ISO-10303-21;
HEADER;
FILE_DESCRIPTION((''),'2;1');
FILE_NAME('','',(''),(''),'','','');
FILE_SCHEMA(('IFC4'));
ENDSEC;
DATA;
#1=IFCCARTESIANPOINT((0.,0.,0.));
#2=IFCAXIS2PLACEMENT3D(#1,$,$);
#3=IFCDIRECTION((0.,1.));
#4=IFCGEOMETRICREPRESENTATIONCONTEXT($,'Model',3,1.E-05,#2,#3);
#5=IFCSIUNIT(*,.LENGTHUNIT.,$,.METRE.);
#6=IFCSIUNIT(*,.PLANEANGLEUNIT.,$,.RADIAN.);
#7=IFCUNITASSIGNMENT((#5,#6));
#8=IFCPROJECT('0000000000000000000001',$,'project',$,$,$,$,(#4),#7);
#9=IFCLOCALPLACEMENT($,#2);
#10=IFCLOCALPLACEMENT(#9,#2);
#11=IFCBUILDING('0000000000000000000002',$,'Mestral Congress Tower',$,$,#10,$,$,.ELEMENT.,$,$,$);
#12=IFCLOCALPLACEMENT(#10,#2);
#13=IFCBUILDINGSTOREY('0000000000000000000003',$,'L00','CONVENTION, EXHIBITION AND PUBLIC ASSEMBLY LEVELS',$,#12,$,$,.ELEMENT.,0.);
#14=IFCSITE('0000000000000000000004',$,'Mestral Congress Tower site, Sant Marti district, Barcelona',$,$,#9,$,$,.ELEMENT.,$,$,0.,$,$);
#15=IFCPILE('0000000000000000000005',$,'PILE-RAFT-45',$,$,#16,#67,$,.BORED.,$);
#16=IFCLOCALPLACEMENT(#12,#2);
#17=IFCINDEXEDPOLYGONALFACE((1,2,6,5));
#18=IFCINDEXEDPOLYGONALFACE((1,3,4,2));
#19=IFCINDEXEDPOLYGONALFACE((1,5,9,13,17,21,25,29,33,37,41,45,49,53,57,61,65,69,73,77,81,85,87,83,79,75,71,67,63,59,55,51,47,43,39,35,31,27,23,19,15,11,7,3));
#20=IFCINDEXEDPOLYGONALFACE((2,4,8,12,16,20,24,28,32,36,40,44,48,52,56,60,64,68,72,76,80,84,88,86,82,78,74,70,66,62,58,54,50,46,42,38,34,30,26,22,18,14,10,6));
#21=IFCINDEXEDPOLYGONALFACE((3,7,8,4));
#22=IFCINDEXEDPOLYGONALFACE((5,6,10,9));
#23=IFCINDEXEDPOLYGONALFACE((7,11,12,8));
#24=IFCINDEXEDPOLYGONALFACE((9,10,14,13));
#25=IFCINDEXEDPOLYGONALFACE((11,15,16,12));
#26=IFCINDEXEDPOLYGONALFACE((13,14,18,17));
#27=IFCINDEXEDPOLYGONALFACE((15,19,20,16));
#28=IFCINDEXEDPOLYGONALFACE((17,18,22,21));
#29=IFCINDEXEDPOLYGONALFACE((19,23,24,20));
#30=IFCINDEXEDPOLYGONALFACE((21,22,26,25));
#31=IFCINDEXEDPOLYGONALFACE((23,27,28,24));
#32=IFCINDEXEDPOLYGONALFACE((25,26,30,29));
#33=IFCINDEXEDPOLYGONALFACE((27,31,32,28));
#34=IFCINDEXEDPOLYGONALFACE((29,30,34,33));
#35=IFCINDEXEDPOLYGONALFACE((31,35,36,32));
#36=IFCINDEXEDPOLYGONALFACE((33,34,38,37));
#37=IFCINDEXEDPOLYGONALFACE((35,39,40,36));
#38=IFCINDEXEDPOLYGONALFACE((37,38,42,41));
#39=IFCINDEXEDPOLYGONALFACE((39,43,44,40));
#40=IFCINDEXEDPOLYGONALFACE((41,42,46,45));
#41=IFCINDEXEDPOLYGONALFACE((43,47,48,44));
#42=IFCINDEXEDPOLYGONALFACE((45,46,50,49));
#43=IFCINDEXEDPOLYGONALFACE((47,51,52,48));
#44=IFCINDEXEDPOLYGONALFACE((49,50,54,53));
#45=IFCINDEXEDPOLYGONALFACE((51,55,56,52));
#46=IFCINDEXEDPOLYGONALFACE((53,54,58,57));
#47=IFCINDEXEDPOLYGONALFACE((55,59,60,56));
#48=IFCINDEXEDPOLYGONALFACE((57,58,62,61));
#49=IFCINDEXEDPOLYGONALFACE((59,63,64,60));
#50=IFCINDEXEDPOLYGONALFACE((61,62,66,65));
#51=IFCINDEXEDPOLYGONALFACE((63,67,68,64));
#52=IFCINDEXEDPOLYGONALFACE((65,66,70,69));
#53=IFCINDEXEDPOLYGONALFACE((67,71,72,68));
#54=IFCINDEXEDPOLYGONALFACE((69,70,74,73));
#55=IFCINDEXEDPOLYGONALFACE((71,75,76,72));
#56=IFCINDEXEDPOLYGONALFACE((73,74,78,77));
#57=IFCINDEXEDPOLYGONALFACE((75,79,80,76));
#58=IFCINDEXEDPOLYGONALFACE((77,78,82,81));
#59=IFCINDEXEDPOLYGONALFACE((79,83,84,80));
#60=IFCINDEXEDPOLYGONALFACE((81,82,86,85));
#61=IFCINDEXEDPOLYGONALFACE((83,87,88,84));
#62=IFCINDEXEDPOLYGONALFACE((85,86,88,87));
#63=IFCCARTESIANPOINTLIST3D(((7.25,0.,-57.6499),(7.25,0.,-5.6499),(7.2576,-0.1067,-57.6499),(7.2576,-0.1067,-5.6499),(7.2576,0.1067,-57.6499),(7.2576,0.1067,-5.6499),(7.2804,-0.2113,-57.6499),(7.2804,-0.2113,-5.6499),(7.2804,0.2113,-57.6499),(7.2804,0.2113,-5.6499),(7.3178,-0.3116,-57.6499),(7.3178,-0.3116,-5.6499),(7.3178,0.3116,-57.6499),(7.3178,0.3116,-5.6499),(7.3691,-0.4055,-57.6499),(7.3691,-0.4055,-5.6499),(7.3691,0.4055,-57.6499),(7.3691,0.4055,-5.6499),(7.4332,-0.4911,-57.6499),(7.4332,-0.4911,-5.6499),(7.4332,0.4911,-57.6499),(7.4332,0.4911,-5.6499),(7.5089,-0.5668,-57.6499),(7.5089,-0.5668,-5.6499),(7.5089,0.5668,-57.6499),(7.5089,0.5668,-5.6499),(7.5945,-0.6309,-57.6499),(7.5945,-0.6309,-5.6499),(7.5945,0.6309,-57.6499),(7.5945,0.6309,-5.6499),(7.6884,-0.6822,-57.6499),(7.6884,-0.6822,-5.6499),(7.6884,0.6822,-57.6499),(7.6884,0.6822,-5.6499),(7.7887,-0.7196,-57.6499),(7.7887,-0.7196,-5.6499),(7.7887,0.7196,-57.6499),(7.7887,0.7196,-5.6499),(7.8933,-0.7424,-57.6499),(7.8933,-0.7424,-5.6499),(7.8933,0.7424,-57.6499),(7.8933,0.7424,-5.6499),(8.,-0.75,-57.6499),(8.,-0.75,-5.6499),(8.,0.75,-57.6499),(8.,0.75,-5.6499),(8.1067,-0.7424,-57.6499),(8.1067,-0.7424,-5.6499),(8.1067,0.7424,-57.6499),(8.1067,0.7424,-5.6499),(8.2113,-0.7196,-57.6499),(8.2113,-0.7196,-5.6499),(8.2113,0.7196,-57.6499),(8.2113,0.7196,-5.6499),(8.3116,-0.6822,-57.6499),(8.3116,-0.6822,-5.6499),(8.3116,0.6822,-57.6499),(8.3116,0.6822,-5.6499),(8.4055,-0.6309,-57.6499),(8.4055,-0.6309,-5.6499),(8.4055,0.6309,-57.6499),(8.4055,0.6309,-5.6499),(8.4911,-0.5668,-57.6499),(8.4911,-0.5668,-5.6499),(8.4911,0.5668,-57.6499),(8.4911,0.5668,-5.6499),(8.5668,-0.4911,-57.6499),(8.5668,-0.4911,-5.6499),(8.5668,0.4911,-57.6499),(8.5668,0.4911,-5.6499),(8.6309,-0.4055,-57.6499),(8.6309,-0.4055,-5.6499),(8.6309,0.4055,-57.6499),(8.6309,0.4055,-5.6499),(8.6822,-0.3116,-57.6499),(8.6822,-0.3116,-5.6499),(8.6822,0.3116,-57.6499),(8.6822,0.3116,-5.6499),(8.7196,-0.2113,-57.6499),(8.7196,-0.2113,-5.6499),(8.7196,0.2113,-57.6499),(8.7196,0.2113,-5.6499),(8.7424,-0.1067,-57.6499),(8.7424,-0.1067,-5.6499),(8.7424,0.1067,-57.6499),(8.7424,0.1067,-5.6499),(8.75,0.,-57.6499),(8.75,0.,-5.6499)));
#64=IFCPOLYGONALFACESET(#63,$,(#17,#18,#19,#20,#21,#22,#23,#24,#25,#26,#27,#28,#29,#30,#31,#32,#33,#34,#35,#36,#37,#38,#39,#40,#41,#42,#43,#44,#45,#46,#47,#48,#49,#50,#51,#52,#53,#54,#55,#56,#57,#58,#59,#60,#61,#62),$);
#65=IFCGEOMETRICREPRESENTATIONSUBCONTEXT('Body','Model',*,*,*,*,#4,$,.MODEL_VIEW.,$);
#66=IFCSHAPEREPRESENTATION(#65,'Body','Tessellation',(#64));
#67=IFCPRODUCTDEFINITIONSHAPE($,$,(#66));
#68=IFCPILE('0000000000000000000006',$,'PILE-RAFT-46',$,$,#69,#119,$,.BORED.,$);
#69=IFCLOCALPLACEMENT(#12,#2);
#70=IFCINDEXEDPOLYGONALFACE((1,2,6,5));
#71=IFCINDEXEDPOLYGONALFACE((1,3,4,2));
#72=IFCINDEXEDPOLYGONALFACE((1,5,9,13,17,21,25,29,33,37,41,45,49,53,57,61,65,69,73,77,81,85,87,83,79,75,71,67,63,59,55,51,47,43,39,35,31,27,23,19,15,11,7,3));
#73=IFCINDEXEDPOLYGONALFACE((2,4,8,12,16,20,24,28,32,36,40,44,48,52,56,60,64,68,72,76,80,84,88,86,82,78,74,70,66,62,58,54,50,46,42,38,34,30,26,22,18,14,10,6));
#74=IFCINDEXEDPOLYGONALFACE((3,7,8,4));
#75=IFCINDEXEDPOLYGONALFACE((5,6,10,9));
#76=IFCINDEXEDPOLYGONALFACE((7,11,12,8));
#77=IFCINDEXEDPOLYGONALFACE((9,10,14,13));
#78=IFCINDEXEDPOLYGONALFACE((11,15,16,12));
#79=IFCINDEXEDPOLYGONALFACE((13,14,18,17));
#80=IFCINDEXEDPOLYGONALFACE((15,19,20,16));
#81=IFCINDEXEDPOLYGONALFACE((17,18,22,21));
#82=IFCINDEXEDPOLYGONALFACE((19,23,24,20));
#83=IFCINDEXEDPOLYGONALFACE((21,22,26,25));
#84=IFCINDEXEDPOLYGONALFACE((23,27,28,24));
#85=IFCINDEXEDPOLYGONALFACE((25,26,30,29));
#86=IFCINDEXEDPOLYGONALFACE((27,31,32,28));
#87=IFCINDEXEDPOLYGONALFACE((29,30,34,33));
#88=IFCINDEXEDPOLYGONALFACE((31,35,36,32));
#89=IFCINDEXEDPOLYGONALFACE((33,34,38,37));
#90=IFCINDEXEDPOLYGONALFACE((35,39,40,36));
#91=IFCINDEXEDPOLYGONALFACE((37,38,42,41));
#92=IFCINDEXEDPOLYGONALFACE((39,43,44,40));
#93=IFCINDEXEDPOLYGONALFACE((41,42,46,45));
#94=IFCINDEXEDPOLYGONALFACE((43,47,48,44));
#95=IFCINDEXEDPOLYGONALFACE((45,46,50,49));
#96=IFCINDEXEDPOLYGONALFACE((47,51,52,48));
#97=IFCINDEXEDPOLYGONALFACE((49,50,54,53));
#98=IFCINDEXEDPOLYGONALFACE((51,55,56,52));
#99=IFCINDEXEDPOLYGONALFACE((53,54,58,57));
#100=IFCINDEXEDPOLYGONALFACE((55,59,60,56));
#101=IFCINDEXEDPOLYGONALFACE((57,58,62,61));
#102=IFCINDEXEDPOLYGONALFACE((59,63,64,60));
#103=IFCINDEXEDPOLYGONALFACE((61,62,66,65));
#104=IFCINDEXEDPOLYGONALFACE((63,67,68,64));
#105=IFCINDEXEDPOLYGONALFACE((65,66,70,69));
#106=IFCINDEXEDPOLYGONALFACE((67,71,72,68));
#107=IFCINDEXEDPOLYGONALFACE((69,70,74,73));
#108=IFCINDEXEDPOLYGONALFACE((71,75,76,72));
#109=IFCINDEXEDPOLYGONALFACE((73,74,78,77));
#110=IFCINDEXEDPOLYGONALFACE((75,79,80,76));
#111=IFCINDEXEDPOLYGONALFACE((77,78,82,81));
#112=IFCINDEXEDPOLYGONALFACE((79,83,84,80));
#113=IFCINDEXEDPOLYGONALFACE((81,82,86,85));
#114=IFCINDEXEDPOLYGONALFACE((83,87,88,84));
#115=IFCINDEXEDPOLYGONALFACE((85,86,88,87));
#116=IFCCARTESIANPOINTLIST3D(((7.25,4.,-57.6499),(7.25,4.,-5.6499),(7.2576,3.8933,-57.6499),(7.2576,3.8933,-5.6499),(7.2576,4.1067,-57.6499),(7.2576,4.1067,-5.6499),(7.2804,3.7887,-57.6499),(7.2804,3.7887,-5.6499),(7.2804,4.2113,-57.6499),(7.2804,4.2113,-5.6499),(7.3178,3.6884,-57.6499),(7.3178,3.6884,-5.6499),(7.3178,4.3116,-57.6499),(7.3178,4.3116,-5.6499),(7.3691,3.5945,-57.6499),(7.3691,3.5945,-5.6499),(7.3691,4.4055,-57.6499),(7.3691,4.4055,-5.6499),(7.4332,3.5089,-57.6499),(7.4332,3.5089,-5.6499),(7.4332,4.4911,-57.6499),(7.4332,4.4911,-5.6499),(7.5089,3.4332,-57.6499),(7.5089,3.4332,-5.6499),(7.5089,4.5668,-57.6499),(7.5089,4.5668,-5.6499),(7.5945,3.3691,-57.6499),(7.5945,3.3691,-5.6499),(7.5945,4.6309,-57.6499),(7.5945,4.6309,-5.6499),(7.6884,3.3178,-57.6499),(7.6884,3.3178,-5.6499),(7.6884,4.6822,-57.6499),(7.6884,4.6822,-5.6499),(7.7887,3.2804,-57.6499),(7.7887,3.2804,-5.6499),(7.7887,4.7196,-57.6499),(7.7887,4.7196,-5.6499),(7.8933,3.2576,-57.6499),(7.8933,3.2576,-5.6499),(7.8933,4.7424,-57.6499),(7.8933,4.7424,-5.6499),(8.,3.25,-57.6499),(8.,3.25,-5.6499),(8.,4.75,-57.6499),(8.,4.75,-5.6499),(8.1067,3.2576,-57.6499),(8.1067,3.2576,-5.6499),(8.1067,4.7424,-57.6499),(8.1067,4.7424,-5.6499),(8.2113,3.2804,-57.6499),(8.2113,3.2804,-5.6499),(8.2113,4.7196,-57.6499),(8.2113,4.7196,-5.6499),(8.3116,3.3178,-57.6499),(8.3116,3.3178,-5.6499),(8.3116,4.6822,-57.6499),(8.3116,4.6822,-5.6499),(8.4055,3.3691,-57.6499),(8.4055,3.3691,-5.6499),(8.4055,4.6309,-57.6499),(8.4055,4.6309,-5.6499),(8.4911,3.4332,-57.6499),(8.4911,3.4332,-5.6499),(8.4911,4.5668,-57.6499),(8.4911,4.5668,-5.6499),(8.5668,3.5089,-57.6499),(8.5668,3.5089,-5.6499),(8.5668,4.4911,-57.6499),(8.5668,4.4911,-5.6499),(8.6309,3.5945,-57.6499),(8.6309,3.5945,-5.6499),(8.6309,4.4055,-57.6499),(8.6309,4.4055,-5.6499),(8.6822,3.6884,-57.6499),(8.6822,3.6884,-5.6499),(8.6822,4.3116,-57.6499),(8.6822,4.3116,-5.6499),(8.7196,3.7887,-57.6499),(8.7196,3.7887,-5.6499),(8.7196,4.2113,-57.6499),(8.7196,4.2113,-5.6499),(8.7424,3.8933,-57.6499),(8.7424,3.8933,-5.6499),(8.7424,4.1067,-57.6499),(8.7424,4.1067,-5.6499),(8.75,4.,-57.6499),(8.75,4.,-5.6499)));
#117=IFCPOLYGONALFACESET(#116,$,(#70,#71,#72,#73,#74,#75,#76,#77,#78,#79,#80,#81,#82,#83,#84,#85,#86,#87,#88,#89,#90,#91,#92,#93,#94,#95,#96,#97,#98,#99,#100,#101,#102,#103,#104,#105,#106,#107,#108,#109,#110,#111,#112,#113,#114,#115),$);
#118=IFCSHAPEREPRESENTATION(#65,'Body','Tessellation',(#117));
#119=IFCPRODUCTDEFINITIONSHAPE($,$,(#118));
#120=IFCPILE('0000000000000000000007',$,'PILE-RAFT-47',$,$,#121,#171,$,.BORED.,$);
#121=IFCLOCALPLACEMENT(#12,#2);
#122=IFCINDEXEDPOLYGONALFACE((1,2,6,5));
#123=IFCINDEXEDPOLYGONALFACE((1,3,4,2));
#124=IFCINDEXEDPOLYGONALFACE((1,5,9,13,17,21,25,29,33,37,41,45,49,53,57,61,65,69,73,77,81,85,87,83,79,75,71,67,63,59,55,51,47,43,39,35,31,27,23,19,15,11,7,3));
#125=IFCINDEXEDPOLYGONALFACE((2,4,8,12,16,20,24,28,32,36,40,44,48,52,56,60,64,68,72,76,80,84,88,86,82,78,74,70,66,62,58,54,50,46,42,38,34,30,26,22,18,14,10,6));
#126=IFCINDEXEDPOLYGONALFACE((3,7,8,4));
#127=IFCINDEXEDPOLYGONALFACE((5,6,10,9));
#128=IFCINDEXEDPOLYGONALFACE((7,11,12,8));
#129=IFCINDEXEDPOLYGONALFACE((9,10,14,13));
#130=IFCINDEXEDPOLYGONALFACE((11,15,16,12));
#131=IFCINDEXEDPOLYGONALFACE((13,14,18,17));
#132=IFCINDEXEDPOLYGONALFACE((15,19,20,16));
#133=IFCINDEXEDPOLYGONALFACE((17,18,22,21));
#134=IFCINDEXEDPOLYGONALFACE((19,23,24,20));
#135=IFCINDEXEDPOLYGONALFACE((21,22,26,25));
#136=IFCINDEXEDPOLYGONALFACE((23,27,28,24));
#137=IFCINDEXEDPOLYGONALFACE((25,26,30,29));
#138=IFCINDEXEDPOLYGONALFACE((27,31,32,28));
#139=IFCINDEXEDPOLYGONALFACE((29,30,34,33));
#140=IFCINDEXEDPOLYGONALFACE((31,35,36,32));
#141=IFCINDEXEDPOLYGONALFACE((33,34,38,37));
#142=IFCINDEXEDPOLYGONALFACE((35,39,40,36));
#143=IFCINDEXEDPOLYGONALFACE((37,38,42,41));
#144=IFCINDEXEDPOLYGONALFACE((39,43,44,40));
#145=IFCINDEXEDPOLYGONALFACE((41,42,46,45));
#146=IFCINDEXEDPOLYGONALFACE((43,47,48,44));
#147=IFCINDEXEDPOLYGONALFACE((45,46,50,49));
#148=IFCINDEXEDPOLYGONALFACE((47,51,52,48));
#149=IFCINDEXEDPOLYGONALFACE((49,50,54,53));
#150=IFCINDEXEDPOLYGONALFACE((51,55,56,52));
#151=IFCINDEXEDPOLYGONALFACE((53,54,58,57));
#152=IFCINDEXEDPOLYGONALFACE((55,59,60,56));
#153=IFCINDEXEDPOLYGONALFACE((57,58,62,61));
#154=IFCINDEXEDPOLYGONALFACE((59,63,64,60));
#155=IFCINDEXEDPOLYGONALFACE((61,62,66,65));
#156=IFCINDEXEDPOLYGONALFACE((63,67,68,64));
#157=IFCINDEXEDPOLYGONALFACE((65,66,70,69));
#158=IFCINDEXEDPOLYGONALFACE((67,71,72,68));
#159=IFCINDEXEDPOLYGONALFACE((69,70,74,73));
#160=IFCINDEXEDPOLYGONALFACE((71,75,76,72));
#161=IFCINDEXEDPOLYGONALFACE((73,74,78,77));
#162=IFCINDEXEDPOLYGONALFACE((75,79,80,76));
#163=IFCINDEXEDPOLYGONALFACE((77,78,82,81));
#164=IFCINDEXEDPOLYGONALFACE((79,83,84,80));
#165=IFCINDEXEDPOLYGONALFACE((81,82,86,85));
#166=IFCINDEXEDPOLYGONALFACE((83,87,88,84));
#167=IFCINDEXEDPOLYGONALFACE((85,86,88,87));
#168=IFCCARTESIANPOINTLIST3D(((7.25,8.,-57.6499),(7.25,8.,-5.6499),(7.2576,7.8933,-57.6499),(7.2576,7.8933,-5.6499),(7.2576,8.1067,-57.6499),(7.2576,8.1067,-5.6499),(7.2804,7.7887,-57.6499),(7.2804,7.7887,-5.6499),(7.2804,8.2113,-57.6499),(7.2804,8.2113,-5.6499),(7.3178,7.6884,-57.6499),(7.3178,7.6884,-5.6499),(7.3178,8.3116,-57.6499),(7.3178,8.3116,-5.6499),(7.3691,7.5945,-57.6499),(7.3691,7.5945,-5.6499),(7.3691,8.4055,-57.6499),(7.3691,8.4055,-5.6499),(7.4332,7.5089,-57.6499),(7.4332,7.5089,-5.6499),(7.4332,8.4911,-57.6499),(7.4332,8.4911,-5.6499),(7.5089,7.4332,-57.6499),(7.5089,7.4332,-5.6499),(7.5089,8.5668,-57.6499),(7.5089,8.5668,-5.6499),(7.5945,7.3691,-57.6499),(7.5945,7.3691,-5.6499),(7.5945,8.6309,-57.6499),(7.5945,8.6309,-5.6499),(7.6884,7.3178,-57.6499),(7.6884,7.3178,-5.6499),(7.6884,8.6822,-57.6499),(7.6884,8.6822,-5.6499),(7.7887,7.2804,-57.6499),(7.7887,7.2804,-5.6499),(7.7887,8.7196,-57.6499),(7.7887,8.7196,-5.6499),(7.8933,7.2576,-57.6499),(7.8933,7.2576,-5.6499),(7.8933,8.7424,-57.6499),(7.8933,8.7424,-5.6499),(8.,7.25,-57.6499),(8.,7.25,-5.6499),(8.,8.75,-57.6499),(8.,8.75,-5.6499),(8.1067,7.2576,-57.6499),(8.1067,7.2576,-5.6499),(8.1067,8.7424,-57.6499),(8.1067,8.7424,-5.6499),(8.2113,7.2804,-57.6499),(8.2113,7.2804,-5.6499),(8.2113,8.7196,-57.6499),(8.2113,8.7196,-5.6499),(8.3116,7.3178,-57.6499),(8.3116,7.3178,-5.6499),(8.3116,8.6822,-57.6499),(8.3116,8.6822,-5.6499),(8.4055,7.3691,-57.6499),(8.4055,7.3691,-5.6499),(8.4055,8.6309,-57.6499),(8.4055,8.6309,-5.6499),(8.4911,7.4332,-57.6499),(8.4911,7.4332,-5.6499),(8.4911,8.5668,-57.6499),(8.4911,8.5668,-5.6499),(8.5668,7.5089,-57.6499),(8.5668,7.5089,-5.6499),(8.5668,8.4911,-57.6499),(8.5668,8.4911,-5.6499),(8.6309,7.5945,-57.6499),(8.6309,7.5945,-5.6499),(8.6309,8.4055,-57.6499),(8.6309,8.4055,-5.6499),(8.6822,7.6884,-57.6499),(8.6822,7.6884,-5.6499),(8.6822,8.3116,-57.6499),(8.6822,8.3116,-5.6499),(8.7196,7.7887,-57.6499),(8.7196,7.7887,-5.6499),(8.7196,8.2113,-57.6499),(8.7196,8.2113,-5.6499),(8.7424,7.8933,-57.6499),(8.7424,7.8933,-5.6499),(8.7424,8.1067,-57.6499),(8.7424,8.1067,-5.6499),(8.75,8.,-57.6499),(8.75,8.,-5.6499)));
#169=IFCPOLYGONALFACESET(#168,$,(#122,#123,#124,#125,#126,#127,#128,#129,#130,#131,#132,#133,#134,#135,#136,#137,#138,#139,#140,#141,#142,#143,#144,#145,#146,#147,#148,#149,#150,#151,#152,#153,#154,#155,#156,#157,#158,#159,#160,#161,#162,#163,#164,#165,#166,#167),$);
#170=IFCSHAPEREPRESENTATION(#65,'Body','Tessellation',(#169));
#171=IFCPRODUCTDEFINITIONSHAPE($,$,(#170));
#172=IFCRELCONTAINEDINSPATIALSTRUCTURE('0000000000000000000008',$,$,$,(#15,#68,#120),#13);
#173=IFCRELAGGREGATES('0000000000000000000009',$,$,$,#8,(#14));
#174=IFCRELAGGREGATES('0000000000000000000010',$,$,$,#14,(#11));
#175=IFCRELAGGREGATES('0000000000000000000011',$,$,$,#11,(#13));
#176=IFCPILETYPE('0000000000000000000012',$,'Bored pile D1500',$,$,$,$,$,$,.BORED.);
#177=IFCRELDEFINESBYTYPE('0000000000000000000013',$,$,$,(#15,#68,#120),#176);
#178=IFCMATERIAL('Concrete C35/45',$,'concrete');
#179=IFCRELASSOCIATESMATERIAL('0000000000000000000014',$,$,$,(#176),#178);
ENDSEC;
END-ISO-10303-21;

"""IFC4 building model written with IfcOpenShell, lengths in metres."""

from ifc_helpers import new_model, si_unit, direction, frame, origin, origin_2d, place, context, subcontext, project, spatial, circle, extrude, material, material_profile, profile_set, type_object, element, save


model = new_model("IFC4")

# Units and contexts
model_context = context("Model", 3, precision=1e-05, world=origin(), true_north=direction((0.0, 1.0)))
body_context = subcontext(model_context, "Body", "Model", "MODEL_VIEW")
ifc_project = project(units=[si_unit("LENGTHUNIT", "METRE"), si_unit("PLANEANGLEUNIT", "RADIAN")], contexts=[model_context])

# Site, building, storey
site_placement = place(None, origin())
site = spatial("IfcSite", under=ifc_project, at=site_placement, Name="Mestral Congress Tower site, Sant Marti district, Barcelona", CompositionType="ELEMENT", RefElevation=0.0)
building_placement = place(site_placement, origin())
building = spatial("IfcBuilding", under=site, at=building_placement, Name="Mestral Congress Tower", CompositionType="ELEMENT")
storey_placement = place(building_placement, origin())
storey = spatial("IfcBuildingStorey", under=building, at=storey_placement, Name="L00", Description="CONVENTION, EXHIBITION AND PUBLIC ASSEMBLY LEVELS", CompositionType="ELEMENT", Elevation=0.0)

# Piles
ifc_material_1 = material(Name="Concrete C35/45", Category="concrete")
ifc_material_profile = material_profile(ifc_material_1, circle(Radius=0.75, at=origin_2d()), Name="D1500")
ifc_profile_set = profile_set([ifc_material_profile], Name="Concrete C35/45")
pile_type = type_object("IfcPileType", Name="Bored pile D1500", PredefinedType="BORED", material=ifc_profile_set)
for number, where, z_axis, x_axis, name in (
    (1, (8.0, 0.0, -5.6499), (0.0, 0.0, -1.0), (1.0, 0.0, 0.0), "PILE-RAFT-45"),
    (2, (8.0, 4.0, -5.6499), (0.0, 0.0, -1.0), (1.0, 0.0, 0.0), "PILE-RAFT-46"),
    (3, (8.0, 8.0, -5.6499), (0.0, 0.0, -1.0), (1.0, 0.0, 0.0), "PILE-RAFT-47"),
):
    element("IfcPile", number, at=place(storey_placement, frame(where, z_axis=z_axis, x_axis=x_axis)), inside=storey, type_object=pile_type, Name=name, PredefinedType="BORED", context=body_context, shape_type="SweptSolid", body=[
        extrude(circle(Radius=0.75, at=origin_2d()), origin(), (0.0, 0.0, 1.0), 52.0),
    ])

save(model, "model.ifc")
